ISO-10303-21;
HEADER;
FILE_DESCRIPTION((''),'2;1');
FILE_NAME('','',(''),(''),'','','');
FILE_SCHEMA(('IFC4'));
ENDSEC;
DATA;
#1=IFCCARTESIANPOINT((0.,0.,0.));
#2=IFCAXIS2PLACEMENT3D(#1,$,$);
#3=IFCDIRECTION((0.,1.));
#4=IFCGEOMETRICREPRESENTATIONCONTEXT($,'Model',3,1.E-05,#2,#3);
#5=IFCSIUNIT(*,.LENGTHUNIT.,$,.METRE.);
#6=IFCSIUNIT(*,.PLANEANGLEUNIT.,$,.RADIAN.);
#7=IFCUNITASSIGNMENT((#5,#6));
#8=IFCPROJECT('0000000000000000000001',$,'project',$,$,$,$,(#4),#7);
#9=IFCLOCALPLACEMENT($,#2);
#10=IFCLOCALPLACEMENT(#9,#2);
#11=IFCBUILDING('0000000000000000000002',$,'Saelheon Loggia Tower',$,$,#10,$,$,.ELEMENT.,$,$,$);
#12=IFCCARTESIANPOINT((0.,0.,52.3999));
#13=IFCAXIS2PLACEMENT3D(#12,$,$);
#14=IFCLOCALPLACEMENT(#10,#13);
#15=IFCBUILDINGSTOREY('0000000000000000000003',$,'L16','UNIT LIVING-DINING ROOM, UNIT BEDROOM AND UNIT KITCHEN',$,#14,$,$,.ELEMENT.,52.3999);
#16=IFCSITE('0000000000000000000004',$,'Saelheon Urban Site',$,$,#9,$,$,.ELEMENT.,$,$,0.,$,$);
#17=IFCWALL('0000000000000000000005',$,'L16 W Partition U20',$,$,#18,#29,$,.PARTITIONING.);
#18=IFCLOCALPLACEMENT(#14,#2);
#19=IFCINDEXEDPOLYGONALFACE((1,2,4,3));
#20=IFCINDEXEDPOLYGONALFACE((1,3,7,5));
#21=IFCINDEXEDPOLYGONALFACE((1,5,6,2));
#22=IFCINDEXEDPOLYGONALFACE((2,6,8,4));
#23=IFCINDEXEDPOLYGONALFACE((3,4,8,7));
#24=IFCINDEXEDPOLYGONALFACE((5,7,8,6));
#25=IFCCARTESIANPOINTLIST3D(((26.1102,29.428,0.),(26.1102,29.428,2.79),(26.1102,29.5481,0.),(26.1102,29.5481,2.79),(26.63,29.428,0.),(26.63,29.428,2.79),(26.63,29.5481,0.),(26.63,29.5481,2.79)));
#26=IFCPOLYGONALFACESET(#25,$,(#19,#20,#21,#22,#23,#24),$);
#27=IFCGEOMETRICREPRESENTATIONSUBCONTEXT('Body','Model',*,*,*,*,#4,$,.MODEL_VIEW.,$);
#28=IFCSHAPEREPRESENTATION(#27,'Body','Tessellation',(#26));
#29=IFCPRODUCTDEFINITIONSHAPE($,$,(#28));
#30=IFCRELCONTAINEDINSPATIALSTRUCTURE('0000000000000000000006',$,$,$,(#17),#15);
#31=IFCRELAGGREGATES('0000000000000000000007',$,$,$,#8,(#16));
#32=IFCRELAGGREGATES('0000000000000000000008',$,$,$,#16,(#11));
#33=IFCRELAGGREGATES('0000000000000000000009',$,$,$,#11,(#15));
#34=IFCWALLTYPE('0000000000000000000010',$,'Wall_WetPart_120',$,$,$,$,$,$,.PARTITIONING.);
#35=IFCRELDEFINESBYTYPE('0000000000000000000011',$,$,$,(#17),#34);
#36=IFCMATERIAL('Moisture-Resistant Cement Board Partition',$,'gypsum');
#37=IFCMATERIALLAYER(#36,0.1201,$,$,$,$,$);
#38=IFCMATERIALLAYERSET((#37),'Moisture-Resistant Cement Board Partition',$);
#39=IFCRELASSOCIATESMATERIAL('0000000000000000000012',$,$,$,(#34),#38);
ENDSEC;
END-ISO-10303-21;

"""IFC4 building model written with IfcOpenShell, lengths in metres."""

from ifc_helpers import new_model, si_unit, direction, frame, frame_2d, origin, place, context, subcontext, project, spatial, rectangle, extrude, material, layer, layer_set, type_object, element, save


model = new_model("IFC4")

# Units and contexts
model_context = context("Model", 3, precision=1e-05, world=origin(), true_north=direction((0.0, 1.0)))
body_context = subcontext(model_context, "Body", "Model", "MODEL_VIEW")
ifc_project = project(units=[si_unit("LENGTHUNIT", "METRE"), si_unit("PLANEANGLEUNIT", "RADIAN")], contexts=[model_context])

# Site, building, storey
site_placement = place(None, origin())
site = spatial("IfcSite", under=ifc_project, at=site_placement, Name="Saelheon Urban Site", CompositionType="ELEMENT", RefElevation=0.0)
building_placement = place(site_placement, origin())
building = spatial("IfcBuilding", under=site, at=building_placement, Name="Saelheon Loggia Tower", CompositionType="ELEMENT")
storey_placement = place(building_placement, frame((0.0, 0.0, 52.3999)))
storey = spatial("IfcBuildingStorey", under=building, at=storey_placement, Name="L16", Description="UNIT LIVING-DINING ROOM, UNIT BEDROOM AND UNIT KITCHEN", CompositionType="ELEMENT", Elevation=52.3999)

# Shared definitions
ifc_material_1 = material(Name="Moisture-Resistant Cement Board Partition", Category="gypsum")
ifc_layer_1 = layer(ifc_material_1, 0.1201)
ifc_layer_set_1 = layer_set([ifc_layer_1], Name="Moisture-Resistant Cement Board Partition")
wall_type_1 = type_object("IfcWallType", Name="Wall_WetPart_120", PredefinedType="PARTITIONING", material=ifc_layer_set_1)

# Wall
wall_1_placement = place(storey_placement, frame((26.6299, 29.488, 0.0), z_axis=(0.0, 0.0, 1.0), x_axis=(-1.0, 0.0, 0.0)))
element("IfcWall", 1, at=wall_1_placement, inside=storey, type_object=wall_type_1, Name="L16 W Partition U20", PredefinedType="PARTITIONING", context=body_context, shape_type="SweptSolid", body=[
    extrude(rectangle(XDim=0.5198, YDim=0.1201, at=frame_2d((0.2598, 0.0))), origin(), (0.0, 0.0, 1.0), 2.79),
])

save(model, "model.ifc")
